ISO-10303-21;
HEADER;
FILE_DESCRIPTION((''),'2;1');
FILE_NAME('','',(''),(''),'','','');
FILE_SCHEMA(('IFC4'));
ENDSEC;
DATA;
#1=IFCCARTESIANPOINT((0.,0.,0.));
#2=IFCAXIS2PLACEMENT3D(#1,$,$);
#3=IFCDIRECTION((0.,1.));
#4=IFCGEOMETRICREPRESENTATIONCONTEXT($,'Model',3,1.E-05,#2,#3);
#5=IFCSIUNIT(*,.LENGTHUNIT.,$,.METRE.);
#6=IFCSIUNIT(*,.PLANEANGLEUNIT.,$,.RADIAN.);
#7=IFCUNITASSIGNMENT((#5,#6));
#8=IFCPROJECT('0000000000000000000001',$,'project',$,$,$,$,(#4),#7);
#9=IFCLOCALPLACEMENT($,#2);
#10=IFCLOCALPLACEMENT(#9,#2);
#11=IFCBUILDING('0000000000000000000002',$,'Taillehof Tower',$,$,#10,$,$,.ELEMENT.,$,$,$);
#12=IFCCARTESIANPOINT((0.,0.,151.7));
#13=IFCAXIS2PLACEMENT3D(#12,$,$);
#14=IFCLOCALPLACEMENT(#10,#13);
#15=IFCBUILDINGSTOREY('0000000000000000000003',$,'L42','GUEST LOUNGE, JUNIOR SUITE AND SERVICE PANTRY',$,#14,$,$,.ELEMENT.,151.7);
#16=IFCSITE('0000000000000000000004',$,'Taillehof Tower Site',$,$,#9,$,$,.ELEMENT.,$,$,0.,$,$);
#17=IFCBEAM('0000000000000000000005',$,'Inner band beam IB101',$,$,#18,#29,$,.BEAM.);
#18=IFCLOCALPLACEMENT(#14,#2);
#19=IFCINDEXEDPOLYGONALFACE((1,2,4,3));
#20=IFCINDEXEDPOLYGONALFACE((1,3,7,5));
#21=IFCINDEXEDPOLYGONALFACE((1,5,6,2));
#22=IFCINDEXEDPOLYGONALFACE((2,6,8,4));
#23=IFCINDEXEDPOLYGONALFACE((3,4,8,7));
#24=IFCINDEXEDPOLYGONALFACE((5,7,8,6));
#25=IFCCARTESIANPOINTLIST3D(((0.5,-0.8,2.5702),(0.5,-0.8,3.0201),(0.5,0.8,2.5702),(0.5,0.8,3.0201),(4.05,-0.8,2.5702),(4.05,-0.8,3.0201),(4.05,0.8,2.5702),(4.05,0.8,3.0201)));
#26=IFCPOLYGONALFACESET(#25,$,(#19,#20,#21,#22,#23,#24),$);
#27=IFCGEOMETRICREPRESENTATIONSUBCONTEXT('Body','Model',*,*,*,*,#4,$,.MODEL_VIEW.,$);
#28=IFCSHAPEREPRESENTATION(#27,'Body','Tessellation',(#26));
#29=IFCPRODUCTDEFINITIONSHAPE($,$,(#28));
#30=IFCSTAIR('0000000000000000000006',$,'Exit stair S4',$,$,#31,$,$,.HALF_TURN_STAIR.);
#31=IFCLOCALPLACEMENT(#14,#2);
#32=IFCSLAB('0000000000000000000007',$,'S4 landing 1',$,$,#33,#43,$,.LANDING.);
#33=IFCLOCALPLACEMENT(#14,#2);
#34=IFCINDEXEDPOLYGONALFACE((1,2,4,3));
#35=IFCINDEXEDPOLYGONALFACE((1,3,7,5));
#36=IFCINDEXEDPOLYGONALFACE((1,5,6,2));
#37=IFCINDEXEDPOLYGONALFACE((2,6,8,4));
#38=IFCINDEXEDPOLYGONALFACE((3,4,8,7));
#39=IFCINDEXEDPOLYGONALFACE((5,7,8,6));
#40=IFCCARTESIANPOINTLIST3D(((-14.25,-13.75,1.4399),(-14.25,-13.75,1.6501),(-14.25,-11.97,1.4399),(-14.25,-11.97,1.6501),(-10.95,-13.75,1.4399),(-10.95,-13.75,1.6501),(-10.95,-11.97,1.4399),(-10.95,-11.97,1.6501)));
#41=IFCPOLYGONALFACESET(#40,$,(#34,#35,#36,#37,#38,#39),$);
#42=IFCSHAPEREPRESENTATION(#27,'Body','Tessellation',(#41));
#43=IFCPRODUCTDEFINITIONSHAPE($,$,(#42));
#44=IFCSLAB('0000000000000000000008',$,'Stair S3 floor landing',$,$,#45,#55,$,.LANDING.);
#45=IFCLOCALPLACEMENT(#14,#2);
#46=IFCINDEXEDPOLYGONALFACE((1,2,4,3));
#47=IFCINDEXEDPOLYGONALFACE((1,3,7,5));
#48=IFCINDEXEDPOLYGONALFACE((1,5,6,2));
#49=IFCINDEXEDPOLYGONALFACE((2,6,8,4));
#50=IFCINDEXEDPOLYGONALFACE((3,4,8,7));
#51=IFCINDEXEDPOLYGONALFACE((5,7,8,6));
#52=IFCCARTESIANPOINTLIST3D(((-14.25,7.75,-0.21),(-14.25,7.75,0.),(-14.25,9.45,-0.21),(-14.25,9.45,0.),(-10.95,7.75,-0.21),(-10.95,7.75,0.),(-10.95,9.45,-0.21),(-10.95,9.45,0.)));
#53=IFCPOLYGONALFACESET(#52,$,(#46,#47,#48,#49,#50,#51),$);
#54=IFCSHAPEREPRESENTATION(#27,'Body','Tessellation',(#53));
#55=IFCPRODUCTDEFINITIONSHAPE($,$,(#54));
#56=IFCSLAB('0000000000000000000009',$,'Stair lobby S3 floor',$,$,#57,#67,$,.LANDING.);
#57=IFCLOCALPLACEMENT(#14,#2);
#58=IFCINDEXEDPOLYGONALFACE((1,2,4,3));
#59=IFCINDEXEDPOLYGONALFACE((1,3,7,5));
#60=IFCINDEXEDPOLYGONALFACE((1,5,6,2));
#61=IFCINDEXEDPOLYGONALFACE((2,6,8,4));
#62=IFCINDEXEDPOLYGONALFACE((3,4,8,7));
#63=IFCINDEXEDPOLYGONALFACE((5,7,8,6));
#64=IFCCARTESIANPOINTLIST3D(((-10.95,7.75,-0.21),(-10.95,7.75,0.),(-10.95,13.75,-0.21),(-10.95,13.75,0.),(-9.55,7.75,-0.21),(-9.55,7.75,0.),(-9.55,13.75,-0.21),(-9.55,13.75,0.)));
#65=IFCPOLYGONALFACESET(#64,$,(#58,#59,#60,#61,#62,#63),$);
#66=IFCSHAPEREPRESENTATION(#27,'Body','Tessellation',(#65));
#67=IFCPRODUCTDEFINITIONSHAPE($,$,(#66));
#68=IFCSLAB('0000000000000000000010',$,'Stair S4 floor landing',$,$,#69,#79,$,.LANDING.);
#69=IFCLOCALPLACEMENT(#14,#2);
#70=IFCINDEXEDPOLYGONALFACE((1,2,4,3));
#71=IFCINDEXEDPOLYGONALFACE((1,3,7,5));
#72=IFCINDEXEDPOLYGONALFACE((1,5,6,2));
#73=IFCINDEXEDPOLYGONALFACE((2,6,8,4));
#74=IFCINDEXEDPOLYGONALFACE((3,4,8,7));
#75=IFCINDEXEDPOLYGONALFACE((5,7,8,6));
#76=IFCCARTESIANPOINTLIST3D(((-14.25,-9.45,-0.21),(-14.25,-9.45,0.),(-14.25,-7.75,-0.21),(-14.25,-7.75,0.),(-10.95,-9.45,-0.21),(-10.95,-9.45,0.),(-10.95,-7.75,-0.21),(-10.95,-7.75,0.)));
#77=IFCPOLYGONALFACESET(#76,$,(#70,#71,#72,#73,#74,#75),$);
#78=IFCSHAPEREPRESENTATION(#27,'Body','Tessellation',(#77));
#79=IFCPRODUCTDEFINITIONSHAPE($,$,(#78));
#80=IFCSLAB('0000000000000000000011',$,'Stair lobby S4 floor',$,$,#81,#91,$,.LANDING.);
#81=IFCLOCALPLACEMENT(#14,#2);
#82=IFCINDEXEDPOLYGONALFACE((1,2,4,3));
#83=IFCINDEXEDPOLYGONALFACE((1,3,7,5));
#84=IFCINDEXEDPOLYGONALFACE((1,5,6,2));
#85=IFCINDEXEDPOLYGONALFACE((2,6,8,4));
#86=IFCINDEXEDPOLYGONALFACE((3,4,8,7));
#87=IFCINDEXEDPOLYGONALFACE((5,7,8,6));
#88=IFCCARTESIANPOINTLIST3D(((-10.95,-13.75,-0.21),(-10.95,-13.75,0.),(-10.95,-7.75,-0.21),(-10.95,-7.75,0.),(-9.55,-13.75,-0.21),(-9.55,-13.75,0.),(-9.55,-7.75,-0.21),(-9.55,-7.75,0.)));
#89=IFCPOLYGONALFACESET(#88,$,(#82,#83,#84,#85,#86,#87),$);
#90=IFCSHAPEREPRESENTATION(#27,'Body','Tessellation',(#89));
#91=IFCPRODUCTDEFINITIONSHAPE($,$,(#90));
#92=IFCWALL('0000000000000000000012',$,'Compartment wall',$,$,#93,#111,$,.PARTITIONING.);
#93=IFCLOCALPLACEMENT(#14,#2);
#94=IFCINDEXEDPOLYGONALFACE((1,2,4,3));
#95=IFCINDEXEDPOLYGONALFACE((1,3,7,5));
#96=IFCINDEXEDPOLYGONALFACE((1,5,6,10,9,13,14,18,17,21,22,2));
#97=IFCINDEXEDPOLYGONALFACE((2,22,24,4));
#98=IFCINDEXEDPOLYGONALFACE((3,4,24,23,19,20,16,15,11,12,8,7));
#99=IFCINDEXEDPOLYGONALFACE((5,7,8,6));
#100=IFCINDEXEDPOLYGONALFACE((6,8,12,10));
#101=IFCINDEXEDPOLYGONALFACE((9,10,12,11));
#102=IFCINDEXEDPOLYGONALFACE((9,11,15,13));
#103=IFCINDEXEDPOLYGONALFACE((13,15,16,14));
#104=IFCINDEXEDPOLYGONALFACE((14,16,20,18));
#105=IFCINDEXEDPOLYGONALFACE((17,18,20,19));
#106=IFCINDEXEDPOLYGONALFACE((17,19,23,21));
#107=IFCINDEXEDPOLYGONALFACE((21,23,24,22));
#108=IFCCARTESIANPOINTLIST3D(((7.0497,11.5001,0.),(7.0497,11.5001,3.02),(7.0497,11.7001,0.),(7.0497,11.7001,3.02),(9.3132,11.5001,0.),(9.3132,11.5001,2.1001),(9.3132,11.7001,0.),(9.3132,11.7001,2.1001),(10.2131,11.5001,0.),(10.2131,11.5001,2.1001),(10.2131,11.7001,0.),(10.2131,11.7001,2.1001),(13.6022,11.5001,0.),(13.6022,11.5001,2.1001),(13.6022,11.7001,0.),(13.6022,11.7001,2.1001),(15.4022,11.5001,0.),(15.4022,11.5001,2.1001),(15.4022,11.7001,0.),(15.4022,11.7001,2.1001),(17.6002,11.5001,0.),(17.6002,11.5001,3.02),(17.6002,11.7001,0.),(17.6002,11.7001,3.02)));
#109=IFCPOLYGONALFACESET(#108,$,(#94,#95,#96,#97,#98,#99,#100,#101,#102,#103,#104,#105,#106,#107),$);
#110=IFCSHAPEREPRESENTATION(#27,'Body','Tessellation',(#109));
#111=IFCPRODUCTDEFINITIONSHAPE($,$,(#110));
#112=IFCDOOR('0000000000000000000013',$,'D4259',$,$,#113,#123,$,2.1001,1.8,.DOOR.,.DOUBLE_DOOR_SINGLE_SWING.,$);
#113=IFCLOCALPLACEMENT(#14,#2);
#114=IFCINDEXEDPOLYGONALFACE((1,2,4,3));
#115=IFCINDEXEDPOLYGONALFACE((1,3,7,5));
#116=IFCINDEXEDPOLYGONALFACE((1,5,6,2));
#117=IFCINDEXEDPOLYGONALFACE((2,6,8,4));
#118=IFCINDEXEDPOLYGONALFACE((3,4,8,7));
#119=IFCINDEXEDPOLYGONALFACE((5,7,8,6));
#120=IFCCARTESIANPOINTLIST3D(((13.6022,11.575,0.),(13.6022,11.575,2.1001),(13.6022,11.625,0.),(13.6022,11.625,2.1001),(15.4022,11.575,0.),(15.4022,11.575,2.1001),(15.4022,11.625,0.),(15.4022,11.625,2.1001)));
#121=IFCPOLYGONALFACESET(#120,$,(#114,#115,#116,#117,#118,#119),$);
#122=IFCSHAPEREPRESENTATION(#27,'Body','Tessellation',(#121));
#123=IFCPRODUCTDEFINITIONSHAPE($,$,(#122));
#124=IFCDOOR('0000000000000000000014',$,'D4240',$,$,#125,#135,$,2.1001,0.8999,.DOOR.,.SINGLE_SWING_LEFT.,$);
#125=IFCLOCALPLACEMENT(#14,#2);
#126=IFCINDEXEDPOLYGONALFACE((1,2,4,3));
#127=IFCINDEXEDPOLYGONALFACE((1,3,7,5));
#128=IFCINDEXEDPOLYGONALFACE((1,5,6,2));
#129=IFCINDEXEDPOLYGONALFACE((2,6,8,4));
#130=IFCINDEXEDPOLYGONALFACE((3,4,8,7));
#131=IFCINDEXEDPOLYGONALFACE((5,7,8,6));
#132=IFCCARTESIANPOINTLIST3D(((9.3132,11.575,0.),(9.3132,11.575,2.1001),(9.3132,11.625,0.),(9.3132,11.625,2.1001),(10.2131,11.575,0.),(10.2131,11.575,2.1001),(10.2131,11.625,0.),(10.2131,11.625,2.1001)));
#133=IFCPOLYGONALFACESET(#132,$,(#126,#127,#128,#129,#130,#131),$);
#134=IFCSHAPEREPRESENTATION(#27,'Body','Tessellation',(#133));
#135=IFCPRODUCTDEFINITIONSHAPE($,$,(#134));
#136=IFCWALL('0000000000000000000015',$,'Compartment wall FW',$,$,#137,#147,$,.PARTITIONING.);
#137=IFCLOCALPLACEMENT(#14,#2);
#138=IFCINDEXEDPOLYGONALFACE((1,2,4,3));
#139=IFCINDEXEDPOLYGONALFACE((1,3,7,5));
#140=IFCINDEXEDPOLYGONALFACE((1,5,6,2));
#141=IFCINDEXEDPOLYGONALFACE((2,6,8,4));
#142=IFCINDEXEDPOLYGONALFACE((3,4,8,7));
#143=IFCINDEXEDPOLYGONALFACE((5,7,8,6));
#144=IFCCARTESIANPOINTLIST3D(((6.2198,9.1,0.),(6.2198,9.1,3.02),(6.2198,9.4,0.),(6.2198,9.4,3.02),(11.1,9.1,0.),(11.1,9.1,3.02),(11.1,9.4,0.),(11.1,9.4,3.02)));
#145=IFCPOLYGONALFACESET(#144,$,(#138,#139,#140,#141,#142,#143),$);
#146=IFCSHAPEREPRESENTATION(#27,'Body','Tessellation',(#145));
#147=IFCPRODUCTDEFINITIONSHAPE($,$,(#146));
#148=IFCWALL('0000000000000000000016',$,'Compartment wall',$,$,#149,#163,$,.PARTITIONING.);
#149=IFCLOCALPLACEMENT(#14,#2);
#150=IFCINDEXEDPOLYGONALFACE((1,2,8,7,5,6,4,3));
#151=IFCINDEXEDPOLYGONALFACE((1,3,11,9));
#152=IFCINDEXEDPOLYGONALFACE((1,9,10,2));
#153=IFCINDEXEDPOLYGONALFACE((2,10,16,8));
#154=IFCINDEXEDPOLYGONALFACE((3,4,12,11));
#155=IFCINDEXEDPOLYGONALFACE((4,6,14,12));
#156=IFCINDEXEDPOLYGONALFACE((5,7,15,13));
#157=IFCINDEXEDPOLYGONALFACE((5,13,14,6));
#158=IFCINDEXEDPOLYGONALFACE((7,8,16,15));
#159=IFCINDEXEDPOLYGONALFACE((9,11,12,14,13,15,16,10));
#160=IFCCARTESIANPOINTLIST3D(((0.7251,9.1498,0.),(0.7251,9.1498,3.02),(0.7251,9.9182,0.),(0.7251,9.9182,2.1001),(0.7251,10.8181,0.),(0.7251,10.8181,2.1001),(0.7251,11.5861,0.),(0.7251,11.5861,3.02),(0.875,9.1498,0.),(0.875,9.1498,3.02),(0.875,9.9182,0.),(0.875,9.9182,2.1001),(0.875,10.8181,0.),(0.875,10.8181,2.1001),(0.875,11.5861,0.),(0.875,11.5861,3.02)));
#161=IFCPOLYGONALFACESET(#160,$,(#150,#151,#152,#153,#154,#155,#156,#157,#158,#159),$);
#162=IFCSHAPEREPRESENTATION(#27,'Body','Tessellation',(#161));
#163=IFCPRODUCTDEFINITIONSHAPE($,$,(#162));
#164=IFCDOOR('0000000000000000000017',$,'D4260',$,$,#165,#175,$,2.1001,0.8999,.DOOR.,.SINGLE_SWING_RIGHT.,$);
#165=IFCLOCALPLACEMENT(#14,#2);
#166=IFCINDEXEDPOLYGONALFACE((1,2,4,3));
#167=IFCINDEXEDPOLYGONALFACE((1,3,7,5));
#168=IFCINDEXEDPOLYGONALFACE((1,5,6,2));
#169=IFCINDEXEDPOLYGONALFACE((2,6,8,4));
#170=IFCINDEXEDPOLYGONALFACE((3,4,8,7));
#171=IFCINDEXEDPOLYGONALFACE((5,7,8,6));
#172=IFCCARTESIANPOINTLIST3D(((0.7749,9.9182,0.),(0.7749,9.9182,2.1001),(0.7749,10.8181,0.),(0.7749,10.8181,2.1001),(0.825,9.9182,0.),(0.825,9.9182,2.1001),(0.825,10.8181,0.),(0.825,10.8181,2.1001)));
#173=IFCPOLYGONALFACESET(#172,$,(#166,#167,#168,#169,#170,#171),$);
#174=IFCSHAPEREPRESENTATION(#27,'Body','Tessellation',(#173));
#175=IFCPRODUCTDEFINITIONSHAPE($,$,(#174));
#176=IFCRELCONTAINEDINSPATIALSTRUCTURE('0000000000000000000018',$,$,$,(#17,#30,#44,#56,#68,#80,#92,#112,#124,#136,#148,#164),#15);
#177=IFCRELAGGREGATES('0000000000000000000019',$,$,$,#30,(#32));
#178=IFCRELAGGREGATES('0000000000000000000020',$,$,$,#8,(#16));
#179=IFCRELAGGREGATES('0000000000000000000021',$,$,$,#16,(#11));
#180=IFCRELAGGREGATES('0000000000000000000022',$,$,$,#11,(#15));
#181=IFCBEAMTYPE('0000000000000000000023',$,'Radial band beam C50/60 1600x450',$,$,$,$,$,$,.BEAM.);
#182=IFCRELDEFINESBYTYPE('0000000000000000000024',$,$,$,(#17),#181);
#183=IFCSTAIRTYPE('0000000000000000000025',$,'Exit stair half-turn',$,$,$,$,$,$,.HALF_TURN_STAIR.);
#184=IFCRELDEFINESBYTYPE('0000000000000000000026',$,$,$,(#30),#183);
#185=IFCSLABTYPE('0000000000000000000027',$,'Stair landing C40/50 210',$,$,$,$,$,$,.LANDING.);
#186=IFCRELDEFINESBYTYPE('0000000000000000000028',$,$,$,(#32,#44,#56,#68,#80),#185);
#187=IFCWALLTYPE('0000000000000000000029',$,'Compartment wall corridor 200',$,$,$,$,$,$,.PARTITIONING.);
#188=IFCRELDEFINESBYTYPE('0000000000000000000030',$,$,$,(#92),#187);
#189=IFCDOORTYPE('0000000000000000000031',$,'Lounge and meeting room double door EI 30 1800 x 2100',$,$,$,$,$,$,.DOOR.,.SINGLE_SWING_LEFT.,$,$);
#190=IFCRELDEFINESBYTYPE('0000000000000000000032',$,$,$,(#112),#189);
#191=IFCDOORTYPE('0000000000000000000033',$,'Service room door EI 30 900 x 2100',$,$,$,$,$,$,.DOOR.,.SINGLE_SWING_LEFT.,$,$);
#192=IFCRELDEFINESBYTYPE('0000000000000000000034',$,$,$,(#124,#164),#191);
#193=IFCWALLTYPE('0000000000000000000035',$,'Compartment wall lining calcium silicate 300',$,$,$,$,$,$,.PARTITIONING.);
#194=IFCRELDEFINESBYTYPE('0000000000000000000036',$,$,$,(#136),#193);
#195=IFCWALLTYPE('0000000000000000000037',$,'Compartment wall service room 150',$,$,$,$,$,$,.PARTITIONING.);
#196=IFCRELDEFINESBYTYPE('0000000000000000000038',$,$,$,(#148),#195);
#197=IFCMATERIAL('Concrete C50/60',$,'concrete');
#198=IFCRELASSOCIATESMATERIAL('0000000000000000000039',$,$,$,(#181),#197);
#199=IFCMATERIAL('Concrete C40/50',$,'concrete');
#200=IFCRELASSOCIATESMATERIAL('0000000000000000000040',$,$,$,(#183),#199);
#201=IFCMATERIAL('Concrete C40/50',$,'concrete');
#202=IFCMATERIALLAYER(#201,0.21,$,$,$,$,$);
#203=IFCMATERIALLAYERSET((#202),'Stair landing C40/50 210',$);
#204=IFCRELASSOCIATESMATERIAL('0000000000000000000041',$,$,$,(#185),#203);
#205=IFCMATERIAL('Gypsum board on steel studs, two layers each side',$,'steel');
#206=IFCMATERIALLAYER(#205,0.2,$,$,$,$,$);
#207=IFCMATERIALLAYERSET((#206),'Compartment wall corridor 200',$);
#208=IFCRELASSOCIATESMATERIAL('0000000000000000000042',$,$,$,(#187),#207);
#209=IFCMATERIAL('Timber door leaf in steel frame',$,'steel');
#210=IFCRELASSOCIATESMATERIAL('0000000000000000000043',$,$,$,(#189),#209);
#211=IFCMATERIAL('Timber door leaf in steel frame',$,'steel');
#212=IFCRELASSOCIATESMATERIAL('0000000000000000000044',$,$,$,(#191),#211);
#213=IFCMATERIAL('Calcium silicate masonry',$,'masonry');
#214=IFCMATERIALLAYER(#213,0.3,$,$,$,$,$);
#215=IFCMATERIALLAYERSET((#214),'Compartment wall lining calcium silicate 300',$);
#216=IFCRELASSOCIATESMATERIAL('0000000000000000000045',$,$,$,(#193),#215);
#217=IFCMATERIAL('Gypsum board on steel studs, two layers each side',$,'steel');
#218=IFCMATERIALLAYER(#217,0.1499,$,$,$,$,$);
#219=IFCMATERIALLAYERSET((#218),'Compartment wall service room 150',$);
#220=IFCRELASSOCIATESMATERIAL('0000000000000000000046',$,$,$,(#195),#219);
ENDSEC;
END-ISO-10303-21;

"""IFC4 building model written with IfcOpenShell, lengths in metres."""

from ifc_helpers import new_model, si_unit, direction, frame, frame_2d, origin, origin_2d, place, context, subcontext, project, spatial, polyline, rectangle, outline, extrude, material, layer, layer_set, material_profile, profile_set, type_object, element, fill, aggregate, save


model = new_model("IFC4")

# Units and contexts
model_context = context("Model", 3, precision=1e-05, world=origin(), true_north=direction((0.0, 1.0)))
body_context = subcontext(model_context, "Body", "Model", "MODEL_VIEW")
ifc_project = project(units=[si_unit("LENGTHUNIT", "METRE"), si_unit("PLANEANGLEUNIT", "RADIAN")], contexts=[model_context])

# Site, building, storey
site_placement = place(None, origin())
site = spatial("IfcSite", under=ifc_project, at=site_placement, Name="Taillehof Tower Site", CompositionType="ELEMENT", RefElevation=0.0)
building_placement = place(site_placement, origin())
building = spatial("IfcBuilding", under=site, at=building_placement, Name="Taillehof Tower", CompositionType="ELEMENT")
storey_placement = place(building_placement, frame((0.0, 0.0, 151.7)))
storey = spatial("IfcBuildingStorey", under=building, at=storey_placement, Name="L42", Description="GUEST LOUNGE, JUNIOR SUITE AND SERVICE PANTRY", CompositionType="ELEMENT", Elevation=151.7)

# Beam
ifc_material_1 = material(Name="Concrete C50/60", Category="concrete")
ifc_material_profile = material_profile(ifc_material_1, rectangle(XDim=1.6001, YDim=0.45, at=origin_2d()), Name="RC 1600x450")
ifc_profile_set = profile_set([ifc_material_profile], Name="Concrete C50/60")
beam_type = type_object("IfcBeamType", Name="Radial band beam C50/60 1600x450", PredefinedType="BEAM", material=ifc_profile_set)
beam_placement = place(storey_placement, frame((0.5, 0.0, 2.7952), z_axis=(1.0, 0.0, 0.0), x_axis=(0.0, 1.0, 0.0)))
element("IfcBeam", 1, at=beam_placement, inside=storey, type_object=beam_type, Name="Inner band beam IB101", PredefinedType="BEAM", context=body_context, shape_type="SweptSolid", body=[
    extrude(rectangle(XDim=1.6001, YDim=0.45, at=origin_2d()), origin(), (0.0, 0.0, 1.0), 3.55),
])

# Stair, slab
ifc_material_2 = material(Name="Concrete C40/50", Category="concrete")
stair_type = type_object("IfcStairType", Name="Exit stair half-turn", PredefinedType="HALF_TURN_STAIR", material=ifc_material_2)
stair_1_placement = place(storey_placement, origin())
stair_1 = element("IfcStair", 2, at=stair_1_placement, inside=storey, type_object=stair_type, Name="Exit stair S4", PredefinedType="HALF_TURN_STAIR")
ifc_material_3 = material(Name="Concrete C40/50", Category="concrete")
ifc_layer_1 = layer(ifc_material_3, 0.21)
ifc_layer_set_1 = layer_set([ifc_layer_1], Name="Stair landing C40/50 210")
slab_type = type_object("IfcSlabType", Name="Stair landing C40/50 210", PredefinedType="LANDING", material=ifc_layer_set_1)
slab_1_placement = place(storey_placement, frame((0.0, 0.0, 1.4399)))
slab_1 = element("IfcSlab", 3, at=slab_1_placement, type_object=slab_type, Name="S4 landing 1", PredefinedType="LANDING", context=body_context, shape_type="SweptSolid", body=[
    extrude(outline(polyline([(-14.25, -11.97), (-14.25, -13.75), (-10.95, -13.75), (-10.95, -11.97), (-14.25, -11.97)])), origin(), (0.0, 0.0, 1.0), 0.2102),
])
aggregate(stair_1, [slab_1])

# Slabs
slab_2_placement = place(storey_placement, frame((0.0, 0.0, -0.21)))
element("IfcSlab", 4, at=slab_2_placement, inside=storey, type_object=slab_type, Name="Stair S3 floor landing", PredefinedType="LANDING", context=body_context, shape_type="SweptSolid", body=[
    extrude(outline(polyline([(-14.25, 7.75), (-14.25, 9.45), (-10.95, 9.45), (-10.95, 7.75), (-14.25, 7.75)])), origin(), (0.0, 0.0, 1.0), 0.21),
])
slab_3_placement = place(storey_placement, frame((0.0, 0.0, -0.21)))
element("IfcSlab", 5, at=slab_3_placement, inside=storey, type_object=slab_type, Name="Stair lobby S3 floor", PredefinedType="LANDING", context=body_context, shape_type="SweptSolid", body=[
    extrude(outline(polyline([(-10.95, 7.75), (-9.55, 7.75), (-9.55, 13.75), (-10.95, 13.75), (-10.95, 7.75)])), origin(), (0.0, 0.0, 1.0), 0.21),
])
slab_4_placement = place(storey_placement, frame((0.0, 0.0, -0.21)))
element("IfcSlab", 6, at=slab_4_placement, inside=storey, type_object=slab_type, Name="Stair S4 floor landing", PredefinedType="LANDING", context=body_context, shape_type="SweptSolid", body=[
    extrude(outline(polyline([(-14.25, -7.75), (-14.25, -9.45), (-10.95, -9.45), (-10.95, -7.75), (-14.25, -7.75)])), origin(), (0.0, 0.0, 1.0), 0.21),
])
slab_5_placement = place(storey_placement, frame((0.0, 0.0, -0.21)))
element("IfcSlab", 7, at=slab_5_placement, inside=storey, type_object=slab_type, Name="Stair lobby S4 floor", PredefinedType="LANDING", context=body_context, shape_type="SweptSolid", body=[
    extrude(outline(polyline([(-10.95, -13.75), (-9.55, -13.75), (-9.55, -7.75), (-10.95, -7.75), (-10.95, -13.75)])), origin(), (0.0, 0.0, 1.0), 0.21),
])

# Wall, openings, doors
ifc_material_4 = material(Name="Gypsum board on steel studs, two layers each side", Category="steel")
ifc_layer_2 = layer(ifc_material_4, 0.2)
ifc_layer_set_2 = layer_set([ifc_layer_2], Name="Compartment wall corridor 200")
wall_type_1 = type_object("IfcWallType", Name="Compartment wall corridor 200", PredefinedType="PARTITIONING", material=ifc_layer_set_2)
wall_1_placement = place(storey_placement, frame((7.0496, 11.6001, 0.0), z_axis=(0.0, 0.0, 1.0), x_axis=(1.0, 0.0, 0.0)))
wall_1 = element("IfcWall", 8, at=wall_1_placement, inside=storey, type_object=wall_type_1, Name="Compartment wall", PredefinedType="PARTITIONING", context=body_context, shape_type="SweptSolid", body=[
    extrude(rectangle(XDim=10.5505, YDim=0.2, at=frame_2d((5.2754, 0.0))), origin(), (0.0, 0.0, 1.0), 3.02),
])
opening_1_placement = place(wall_1_placement, frame((2.2637, 0.0, 0.0)))
opening_1 = element("IfcOpeningElement", 9, at=opening_1_placement, cuts=wall_1, PredefinedType="OPENING", context=body_context, shape_type="SweptSolid", body=[
    extrude(rectangle(XDim=0.8999, YDim=2.1001, at=frame_2d((0.45, 1.05))), frame((0.0, 0.1099, 0.0), z_axis=(0.0, -1.0, 0.0), x_axis=(1.0, 0.0, 0.0)), (0.0, 0.0, 1.0), 0.22),
])
opening_2_placement = place(wall_1_placement, frame((6.5527, 0.0, 0.0)))
opening_2 = element("IfcOpeningElement", 10, at=opening_2_placement, cuts=wall_1, PredefinedType="OPENING", context=body_context, shape_type="SweptSolid", body=[
    extrude(rectangle(XDim=1.8, YDim=2.1001, at=frame_2d((0.8999, 1.05))), frame((0.0, 0.1099, 0.0), z_axis=(0.0, -1.0, 0.0), x_axis=(1.0, 0.0, 0.0)), (0.0, 0.0, 1.0), 0.22),
])
ifc_material_5 = material(Name="Timber door leaf in steel frame", Category="steel")
door_type_1 = type_object("IfcDoorType", Name="Lounge and meeting room double door EI 30 1800 x 2100", OperationType="SINGLE_SWING_LEFT", PredefinedType="DOOR", material=ifc_material_5)
door_1_placement = place(opening_2_placement, origin())
door_1 = element("IfcDoor", 11, at=door_1_placement, inside=storey, type_object=door_type_1, Name="D4259", OperationType="DOUBLE_DOOR_SINGLE_SWING", OverallHeight=2.1001, OverallWidth=1.8, PredefinedType="DOOR", context=body_context, shape_type="SweptSolid", body=[
    extrude(rectangle(XDim=1.8, YDim=2.1001, at=frame_2d((0.8999, 1.05))), frame((0.0, 0.0249, 0.0), z_axis=(0.0, -1.0, 0.0), x_axis=(1.0, 0.0, 0.0)), (0.0, 0.0, 1.0), 0.05),
])
fill(opening_2, door_1)
ifc_material_6 = material(Name="Timber door leaf in steel frame", Category="steel")
door_type_2 = type_object("IfcDoorType", Name="Service room door EI 30 900 x 2100", OperationType="SINGLE_SWING_LEFT", PredefinedType="DOOR", material=ifc_material_6)
door_2_placement = place(opening_1_placement, origin())
door_2 = element("IfcDoor", 12, at=door_2_placement, inside=storey, type_object=door_type_2, Name="D4240", OperationType="SINGLE_SWING_LEFT", OverallHeight=2.1001, OverallWidth=0.8999, PredefinedType="DOOR", context=body_context, shape_type="SweptSolid", body=[
    extrude(rectangle(XDim=0.8999, YDim=2.1001, at=frame_2d((0.45, 1.05))), frame((0.0, 0.0249, 0.0), z_axis=(0.0, -1.0, 0.0), x_axis=(1.0, 0.0, 0.0)), (0.0, 0.0, 1.0), 0.05),
])
fill(opening_1, door_2)

# Wall
ifc_material_7 = material(Name="Calcium silicate masonry", Category="masonry")
ifc_layer_3 = layer(ifc_material_7, 0.3)
ifc_layer_set_3 = layer_set([ifc_layer_3], Name="Compartment wall lining calcium silicate 300")
wall_type_2 = type_object("IfcWallType", Name="Compartment wall lining calcium silicate 300", PredefinedType="PARTITIONING", material=ifc_layer_set_3)
wall_2_placement = place(storey_placement, frame((6.22, 9.25, 0.0), z_axis=(0.0, 0.0, 1.0), x_axis=(1.0, 0.0, 0.0)))
element("IfcWall", 13, at=wall_2_placement, inside=storey, type_object=wall_type_2, Name="Compartment wall FW", PredefinedType="PARTITIONING", context=body_context, shape_type="SweptSolid", body=[
    extrude(rectangle(XDim=4.8801, YDim=0.3, at=frame_2d((2.4399, 0.0))), origin(), (0.0, 0.0, 1.0), 3.02),
])

# Wall, opening, door
ifc_material_8 = material(Name="Gypsum board on steel studs, two layers each side", Category="steel")
ifc_layer_4 = layer(ifc_material_8, 0.1499)
ifc_layer_set_4 = layer_set([ifc_layer_4], Name="Compartment wall service room 150")
wall_type_3 = type_object("IfcWallType", Name="Compartment wall service room 150", PredefinedType="PARTITIONING", material=ifc_layer_set_4)
wall_3_placement = place(storey_placement, frame((0.8, 11.5862, 0.0), z_axis=(0.0, 0.0, 1.0), x_axis=(0.0, -1.0, 0.0)))
wall_3 = element("IfcWall", 14, at=wall_3_placement, inside=storey, type_object=wall_type_3, Name="Compartment wall", PredefinedType="PARTITIONING", context=body_context, shape_type="SweptSolid", body=[
    extrude(rectangle(XDim=2.4363, YDim=0.1499, at=frame_2d((1.2183, 0.0))), origin(), (0.0, 0.0, 1.0), 3.02),
])
opening_3_placement = place(wall_3_placement, frame((0.7681, 0.0, 0.0)))
opening_3 = element("IfcOpeningElement", 15, at=opening_3_placement, cuts=wall_3, PredefinedType="OPENING", context=body_context, shape_type="SweptSolid", body=[
    extrude(rectangle(XDim=0.8999, YDim=2.1001, at=frame_2d((0.45, 1.05))), frame((0.0, 0.085, 0.0), z_axis=(0.0, -1.0, 0.0), x_axis=(1.0, 0.0, 0.0)), (0.0, 0.0, 1.0), 0.1699),
])
door_3_placement = place(opening_3_placement, origin())
door_3 = element("IfcDoor", 16, at=door_3_placement, inside=storey, type_object=door_type_2, Name="D4260", OperationType="SINGLE_SWING_RIGHT", OverallHeight=2.1001, OverallWidth=0.8999, PredefinedType="DOOR", context=body_context, shape_type="SweptSolid", body=[
    extrude(rectangle(XDim=0.8999, YDim=2.1001, at=frame_2d((0.45, 1.05))), frame((0.0, 0.0249, 0.0), z_axis=(0.0, -1.0, 0.0), x_axis=(1.0, 0.0, 0.0)), (0.0, 0.0, 1.0), 0.05),
])
fill(opening_3, door_3)

save(model, "model.ifc")
